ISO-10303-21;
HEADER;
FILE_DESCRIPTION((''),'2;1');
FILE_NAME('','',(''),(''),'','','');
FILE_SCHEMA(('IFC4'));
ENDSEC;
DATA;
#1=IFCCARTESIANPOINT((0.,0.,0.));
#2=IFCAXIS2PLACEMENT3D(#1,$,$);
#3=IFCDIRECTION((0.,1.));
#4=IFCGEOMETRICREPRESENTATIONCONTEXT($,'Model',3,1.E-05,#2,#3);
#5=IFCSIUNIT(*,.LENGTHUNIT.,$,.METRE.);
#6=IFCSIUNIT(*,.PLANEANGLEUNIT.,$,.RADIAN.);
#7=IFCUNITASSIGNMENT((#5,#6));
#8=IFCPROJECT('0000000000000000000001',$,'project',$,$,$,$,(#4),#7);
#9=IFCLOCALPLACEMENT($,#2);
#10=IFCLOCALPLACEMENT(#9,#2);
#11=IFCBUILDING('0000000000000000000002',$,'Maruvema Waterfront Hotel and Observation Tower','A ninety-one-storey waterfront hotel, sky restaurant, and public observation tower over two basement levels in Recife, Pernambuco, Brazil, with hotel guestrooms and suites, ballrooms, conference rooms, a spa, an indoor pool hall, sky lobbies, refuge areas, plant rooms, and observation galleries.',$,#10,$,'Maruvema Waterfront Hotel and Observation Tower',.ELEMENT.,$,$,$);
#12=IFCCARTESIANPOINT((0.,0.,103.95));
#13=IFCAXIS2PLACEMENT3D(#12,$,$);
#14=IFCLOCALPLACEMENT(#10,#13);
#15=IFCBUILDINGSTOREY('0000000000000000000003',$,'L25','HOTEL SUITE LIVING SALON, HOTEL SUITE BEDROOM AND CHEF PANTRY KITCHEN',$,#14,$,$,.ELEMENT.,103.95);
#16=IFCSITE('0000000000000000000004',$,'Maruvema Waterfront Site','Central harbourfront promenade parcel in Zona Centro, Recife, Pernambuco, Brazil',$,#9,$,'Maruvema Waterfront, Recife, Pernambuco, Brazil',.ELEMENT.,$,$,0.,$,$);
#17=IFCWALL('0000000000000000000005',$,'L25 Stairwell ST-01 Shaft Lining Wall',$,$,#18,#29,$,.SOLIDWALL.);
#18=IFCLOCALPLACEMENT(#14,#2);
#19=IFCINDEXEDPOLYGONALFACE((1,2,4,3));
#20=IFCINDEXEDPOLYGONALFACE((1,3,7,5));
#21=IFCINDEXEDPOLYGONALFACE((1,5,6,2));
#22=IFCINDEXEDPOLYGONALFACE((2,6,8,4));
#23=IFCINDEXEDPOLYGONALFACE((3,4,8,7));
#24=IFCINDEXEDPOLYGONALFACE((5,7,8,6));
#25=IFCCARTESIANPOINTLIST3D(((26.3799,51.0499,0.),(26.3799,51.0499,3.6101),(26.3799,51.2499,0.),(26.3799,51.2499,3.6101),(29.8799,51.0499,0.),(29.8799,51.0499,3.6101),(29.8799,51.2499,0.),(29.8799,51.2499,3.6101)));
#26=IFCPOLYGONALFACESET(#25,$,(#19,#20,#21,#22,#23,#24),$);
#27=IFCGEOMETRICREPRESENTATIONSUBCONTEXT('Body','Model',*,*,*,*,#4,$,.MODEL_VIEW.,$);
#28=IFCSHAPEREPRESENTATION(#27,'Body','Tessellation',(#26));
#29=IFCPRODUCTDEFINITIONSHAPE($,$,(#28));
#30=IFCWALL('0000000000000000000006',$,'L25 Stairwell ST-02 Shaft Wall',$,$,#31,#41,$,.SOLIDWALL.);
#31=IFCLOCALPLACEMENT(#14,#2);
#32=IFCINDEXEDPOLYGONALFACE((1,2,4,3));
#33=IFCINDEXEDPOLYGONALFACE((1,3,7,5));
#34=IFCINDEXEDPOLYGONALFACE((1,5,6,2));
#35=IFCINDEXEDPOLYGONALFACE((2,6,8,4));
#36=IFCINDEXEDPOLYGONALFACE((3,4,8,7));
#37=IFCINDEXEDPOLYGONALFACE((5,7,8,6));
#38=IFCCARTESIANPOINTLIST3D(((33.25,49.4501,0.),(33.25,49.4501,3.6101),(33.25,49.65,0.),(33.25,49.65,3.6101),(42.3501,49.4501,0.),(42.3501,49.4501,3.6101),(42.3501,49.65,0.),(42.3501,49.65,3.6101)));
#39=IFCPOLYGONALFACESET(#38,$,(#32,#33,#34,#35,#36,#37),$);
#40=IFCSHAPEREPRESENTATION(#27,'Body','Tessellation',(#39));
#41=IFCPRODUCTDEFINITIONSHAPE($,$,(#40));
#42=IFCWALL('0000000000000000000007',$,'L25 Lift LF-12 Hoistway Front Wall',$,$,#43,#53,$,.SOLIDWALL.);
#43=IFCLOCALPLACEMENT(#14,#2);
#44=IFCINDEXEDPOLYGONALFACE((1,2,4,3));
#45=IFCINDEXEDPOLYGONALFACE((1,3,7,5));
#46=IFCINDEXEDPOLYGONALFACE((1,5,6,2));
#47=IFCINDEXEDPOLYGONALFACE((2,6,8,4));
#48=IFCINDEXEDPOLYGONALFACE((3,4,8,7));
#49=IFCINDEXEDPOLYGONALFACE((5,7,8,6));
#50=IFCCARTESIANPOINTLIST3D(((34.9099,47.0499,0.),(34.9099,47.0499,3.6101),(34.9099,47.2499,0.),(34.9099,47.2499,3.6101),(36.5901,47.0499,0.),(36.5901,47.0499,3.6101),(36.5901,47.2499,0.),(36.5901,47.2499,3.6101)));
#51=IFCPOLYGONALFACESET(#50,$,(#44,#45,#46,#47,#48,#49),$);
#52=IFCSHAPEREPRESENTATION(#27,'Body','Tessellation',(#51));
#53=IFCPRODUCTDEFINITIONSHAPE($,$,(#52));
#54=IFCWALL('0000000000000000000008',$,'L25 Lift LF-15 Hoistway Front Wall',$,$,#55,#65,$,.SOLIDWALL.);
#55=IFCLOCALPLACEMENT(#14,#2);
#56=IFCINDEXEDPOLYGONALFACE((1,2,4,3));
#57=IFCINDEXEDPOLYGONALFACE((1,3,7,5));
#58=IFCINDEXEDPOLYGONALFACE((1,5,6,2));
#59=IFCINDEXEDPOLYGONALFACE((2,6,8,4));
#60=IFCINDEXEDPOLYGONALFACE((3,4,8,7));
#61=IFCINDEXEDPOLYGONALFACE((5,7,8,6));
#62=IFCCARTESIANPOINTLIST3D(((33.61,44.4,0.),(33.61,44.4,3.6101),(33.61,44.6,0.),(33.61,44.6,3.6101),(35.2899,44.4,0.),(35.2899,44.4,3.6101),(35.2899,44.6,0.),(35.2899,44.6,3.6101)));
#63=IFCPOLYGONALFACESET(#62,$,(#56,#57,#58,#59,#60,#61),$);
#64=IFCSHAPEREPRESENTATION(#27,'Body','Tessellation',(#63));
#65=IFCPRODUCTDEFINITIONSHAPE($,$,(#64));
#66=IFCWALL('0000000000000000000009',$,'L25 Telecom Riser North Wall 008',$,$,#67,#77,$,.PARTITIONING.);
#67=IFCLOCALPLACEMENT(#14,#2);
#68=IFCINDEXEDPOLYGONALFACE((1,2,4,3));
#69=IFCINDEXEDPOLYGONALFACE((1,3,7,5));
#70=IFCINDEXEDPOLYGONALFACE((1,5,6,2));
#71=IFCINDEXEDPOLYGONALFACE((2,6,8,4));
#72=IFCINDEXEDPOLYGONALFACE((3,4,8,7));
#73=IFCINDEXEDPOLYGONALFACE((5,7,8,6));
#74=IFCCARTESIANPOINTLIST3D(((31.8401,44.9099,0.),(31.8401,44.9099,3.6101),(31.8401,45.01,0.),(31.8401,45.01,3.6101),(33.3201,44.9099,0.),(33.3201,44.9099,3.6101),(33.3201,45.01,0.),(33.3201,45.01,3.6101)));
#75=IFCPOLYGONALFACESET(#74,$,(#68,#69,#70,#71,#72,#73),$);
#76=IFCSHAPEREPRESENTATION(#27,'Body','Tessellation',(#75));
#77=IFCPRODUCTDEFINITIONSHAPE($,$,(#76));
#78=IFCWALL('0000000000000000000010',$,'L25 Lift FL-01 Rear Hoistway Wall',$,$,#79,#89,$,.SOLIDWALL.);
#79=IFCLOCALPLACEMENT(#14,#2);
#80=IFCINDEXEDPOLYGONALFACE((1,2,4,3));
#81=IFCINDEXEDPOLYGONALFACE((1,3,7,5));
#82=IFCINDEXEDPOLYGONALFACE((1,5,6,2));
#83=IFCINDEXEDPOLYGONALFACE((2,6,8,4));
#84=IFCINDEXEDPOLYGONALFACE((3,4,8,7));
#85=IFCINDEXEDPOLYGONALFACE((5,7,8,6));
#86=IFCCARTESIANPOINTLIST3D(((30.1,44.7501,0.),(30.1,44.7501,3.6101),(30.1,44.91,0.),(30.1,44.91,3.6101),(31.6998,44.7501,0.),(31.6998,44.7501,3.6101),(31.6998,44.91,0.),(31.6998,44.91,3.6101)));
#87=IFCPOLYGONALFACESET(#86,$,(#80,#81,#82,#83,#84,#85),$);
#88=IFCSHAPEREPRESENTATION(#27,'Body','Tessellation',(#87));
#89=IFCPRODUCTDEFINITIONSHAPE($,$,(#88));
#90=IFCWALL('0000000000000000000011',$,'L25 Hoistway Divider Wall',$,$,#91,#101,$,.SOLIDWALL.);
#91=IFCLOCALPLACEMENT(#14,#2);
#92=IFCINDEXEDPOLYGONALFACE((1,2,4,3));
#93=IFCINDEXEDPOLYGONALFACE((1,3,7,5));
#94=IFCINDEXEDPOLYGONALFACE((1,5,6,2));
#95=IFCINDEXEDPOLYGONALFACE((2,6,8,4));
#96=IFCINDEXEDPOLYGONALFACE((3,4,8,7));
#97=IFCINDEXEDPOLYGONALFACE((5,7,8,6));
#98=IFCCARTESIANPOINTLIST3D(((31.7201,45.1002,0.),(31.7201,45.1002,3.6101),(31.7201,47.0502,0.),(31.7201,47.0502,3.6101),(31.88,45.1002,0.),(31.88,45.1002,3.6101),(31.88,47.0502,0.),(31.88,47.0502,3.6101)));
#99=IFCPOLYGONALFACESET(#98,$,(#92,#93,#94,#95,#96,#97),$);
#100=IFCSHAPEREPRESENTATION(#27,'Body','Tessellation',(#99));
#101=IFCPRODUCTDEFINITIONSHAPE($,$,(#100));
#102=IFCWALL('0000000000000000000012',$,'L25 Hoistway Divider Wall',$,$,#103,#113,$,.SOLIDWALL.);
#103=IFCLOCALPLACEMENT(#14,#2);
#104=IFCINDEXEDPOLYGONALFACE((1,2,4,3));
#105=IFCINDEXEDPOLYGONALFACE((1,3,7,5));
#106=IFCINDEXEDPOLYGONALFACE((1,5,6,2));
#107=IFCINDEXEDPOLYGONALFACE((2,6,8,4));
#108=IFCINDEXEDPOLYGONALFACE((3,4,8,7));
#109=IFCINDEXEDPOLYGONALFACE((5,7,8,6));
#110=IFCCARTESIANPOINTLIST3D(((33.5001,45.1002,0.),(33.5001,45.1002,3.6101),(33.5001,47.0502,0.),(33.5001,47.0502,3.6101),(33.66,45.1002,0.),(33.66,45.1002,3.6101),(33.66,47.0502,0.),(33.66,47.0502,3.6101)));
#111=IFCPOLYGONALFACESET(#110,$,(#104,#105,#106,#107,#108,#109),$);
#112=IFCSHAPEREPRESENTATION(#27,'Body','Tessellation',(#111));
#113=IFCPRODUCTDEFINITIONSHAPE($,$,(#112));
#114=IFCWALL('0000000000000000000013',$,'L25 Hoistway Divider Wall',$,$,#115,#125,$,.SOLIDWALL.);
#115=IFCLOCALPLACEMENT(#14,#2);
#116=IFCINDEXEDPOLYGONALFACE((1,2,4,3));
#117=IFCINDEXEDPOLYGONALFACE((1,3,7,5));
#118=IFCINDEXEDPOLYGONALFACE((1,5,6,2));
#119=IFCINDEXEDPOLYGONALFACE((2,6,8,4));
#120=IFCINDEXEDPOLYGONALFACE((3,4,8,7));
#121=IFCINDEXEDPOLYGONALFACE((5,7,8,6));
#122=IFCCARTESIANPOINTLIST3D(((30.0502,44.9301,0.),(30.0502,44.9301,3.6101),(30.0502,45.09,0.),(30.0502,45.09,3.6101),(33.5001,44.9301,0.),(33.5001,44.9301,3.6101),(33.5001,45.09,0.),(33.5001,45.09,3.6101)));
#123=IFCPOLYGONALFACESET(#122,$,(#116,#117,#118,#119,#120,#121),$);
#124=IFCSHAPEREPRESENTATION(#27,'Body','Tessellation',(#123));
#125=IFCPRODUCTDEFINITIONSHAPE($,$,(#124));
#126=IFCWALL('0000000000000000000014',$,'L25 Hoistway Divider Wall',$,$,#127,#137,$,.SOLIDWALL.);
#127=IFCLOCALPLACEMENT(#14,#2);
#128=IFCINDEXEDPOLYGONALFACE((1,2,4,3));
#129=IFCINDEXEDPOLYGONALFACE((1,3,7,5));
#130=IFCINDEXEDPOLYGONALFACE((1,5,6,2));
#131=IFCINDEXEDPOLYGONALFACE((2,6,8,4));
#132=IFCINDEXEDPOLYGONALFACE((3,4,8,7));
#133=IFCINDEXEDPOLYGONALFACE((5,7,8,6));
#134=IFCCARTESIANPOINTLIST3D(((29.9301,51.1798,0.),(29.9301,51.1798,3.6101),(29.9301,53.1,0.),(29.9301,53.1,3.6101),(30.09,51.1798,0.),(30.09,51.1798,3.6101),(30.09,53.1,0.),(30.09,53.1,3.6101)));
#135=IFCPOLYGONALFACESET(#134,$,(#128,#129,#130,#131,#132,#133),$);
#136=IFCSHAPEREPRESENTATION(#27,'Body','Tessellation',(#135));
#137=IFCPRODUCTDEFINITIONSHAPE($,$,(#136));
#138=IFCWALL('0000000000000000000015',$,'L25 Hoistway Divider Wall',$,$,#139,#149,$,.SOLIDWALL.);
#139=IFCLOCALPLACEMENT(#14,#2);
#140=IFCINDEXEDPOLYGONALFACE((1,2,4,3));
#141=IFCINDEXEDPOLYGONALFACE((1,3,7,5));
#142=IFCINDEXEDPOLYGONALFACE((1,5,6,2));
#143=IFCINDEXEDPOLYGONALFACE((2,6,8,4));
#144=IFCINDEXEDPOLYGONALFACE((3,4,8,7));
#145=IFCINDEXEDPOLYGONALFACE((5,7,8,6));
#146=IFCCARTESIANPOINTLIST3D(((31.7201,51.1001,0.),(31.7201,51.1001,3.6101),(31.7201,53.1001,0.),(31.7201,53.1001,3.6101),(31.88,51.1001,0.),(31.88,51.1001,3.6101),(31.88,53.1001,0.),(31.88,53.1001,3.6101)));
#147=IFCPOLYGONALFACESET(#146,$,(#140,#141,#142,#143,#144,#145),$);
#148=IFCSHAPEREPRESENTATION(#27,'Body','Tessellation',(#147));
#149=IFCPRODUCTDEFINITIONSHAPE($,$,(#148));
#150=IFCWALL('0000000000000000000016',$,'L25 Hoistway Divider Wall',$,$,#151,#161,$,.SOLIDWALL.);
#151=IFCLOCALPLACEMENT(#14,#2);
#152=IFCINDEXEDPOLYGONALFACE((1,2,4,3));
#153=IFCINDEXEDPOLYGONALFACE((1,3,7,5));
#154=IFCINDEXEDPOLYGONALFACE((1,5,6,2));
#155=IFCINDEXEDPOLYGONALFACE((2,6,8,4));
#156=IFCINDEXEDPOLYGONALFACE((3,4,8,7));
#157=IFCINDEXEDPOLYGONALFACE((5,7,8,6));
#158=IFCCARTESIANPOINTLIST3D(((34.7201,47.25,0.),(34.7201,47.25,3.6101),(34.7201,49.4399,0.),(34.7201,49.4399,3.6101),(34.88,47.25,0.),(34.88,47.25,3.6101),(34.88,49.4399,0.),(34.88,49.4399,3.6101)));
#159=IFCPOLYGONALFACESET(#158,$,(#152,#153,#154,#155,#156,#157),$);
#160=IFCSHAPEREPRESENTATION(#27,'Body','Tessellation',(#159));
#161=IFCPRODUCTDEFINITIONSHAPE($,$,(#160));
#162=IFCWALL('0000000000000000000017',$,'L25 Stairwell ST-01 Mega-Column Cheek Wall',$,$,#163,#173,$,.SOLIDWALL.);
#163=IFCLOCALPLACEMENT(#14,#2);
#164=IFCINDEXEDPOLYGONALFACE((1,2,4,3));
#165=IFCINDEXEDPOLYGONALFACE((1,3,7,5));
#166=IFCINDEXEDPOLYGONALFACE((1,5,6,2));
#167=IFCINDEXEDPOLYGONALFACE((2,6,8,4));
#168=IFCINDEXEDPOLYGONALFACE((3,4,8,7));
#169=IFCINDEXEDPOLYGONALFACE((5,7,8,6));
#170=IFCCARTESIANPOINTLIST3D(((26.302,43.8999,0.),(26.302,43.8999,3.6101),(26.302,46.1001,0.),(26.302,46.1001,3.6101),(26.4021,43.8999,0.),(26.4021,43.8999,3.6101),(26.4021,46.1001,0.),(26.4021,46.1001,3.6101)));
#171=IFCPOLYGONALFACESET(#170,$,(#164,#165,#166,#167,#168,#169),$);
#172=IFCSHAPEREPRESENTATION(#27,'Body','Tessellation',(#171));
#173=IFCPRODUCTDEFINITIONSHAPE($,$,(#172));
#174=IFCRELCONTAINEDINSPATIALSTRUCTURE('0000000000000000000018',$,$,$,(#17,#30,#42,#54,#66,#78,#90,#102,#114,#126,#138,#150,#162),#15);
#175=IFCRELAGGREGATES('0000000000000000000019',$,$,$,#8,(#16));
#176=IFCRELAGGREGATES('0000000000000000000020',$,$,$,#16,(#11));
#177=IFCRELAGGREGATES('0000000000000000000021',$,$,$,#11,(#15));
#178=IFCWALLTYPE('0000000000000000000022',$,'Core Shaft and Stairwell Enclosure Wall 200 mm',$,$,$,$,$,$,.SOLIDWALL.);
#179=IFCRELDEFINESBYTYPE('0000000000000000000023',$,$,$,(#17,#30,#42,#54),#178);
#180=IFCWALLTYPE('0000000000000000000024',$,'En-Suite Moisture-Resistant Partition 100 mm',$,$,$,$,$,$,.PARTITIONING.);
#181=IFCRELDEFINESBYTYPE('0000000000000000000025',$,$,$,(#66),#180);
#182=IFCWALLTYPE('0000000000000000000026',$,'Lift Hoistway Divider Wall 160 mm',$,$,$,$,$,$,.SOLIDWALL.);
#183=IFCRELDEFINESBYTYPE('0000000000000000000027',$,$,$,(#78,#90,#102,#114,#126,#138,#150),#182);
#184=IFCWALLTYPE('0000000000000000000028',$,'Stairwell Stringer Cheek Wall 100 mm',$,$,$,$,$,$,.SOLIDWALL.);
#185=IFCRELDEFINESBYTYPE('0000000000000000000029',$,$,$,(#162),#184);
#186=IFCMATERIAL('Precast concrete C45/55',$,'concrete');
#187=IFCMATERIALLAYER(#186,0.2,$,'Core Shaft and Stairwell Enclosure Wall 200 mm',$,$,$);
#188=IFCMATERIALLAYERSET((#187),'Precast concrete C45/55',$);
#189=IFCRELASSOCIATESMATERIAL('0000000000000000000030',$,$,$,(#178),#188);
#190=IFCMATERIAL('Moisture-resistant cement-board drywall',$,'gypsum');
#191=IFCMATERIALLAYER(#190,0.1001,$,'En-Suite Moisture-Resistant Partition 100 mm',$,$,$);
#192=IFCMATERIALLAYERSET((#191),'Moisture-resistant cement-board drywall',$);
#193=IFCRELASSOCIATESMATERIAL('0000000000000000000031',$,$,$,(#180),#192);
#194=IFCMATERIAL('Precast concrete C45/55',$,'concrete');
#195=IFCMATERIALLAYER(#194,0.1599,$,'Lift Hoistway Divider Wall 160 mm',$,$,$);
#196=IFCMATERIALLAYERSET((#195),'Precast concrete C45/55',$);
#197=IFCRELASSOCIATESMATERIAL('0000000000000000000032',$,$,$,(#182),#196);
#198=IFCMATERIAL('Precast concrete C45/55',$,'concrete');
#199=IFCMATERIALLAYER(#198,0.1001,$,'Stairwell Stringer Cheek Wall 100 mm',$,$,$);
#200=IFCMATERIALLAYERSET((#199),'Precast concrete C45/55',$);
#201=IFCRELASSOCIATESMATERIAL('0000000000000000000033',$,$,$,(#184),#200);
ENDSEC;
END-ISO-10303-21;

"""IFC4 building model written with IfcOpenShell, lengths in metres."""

from ifc_helpers import new_model, si_unit, direction, frame, frame_2d, origin, place, context, subcontext, project, spatial, rectangle, extrude, material, layer, layer_set, type_object, element, save


model = new_model("IFC4")

# Units and contexts
model_context = context("Model", 3, precision=1e-05, world=origin(), true_north=direction((0.0, 1.0)))
body_context = subcontext(model_context, "Body", "Model", "MODEL_VIEW")
ifc_project = project(units=[si_unit("LENGTHUNIT", "METRE"), si_unit("PLANEANGLEUNIT", "RADIAN")], contexts=[model_context])

# Site, building, storey
site_placement = place(None, origin())
site = spatial("IfcSite", under=ifc_project, at=site_placement, Name="Maruvema Waterfront Site", Description="Central harbourfront promenade parcel in Zona Centro, Recife, Pernambuco, Brazil", LongName="Maruvema Waterfront, Recife, Pernambuco, Brazil", CompositionType="ELEMENT", RefElevation=0.0)
building_placement = place(site_placement, origin())
building = spatial("IfcBuilding", under=site, at=building_placement, Name="Maruvema Waterfront Hotel and Observation Tower", Description="A ninety-one-storey waterfront hotel, sky restaurant, and public observation tower over two basement levels in Recife, Pernambuco, Brazil, with hotel guestrooms and suites, ballrooms, conference rooms, a spa, an indoor pool hall, sky lobbies, refuge areas, plant rooms, and observation galleries.", LongName="Maruvema Waterfront Hotel and Observation Tower", CompositionType="ELEMENT")
storey_placement = place(building_placement, frame((0.0, 0.0, 103.95)))
storey = spatial("IfcBuildingStorey", under=building, at=storey_placement, Name="L25", Description="HOTEL SUITE LIVING SALON, HOTEL SUITE BEDROOM AND CHEF PANTRY KITCHEN", CompositionType="ELEMENT", Elevation=103.95)

# Walls
ifc_material_1 = material(Name="Precast concrete C45/55", Category="concrete")
ifc_layer_1 = layer(ifc_material_1, 0.2, Name="Core Shaft and Stairwell Enclosure Wall 200 mm")
ifc_layer_set_1 = layer_set([ifc_layer_1], Name="Precast concrete C45/55")
wall_type_1 = type_object("IfcWallType", Name="Core Shaft and Stairwell Enclosure Wall 200 mm", PredefinedType="SOLIDWALL", material=ifc_layer_set_1)
wall_1_placement = place(storey_placement, frame((26.3799, 51.1499, 0.0), z_axis=(0.0, 0.0, 1.0), x_axis=(1.0, 0.0, 0.0)))
element("IfcWall", 1, at=wall_1_placement, inside=storey, type_object=wall_type_1, Name="L25 Stairwell ST-01 Shaft Lining Wall", PredefinedType="SOLIDWALL", context=body_context, shape_type="SweptSolid", body=[
    extrude(rectangle(XDim=3.5, YDim=0.2, at=frame_2d((1.75, 0.0))), origin(), (0.0, 0.0, 1.0), 3.6101),
])
wall_2_placement = place(storey_placement, frame((33.25, 49.55, 0.0), z_axis=(0.0, 0.0, 1.0), x_axis=(1.0, 0.0, 0.0)))
element("IfcWall", 2, at=wall_2_placement, inside=storey, type_object=wall_type_1, Name="L25 Stairwell ST-02 Shaft Wall", PredefinedType="SOLIDWALL", context=body_context, shape_type="SweptSolid", body=[
    extrude(rectangle(XDim=9.1001, YDim=0.2, at=frame_2d((4.55, 0.0))), origin(), (0.0, 0.0, 1.0), 3.6101),
])

# Walls
wall_3_placement = place(storey_placement, frame((34.9099, 47.1499, 0.0), z_axis=(0.0, 0.0, 1.0), x_axis=(1.0, 0.0, 0.0)))
element("IfcWall", 3, at=wall_3_placement, inside=storey, type_object=wall_type_1, Name="L25 Lift LF-12 Hoistway Front Wall", PredefinedType="SOLIDWALL", context=body_context, shape_type="SweptSolid", body=[
    extrude(rectangle(XDim=1.6802, YDim=0.2, at=frame_2d((0.8401, 0.0))), origin(), (0.0, 0.0, 1.0), 3.6101),
])
wall_4_placement = place(storey_placement, frame((33.6101, 44.5, 0.0), z_axis=(0.0, 0.0, 1.0), x_axis=(1.0, 0.0, 0.0)))
element("IfcWall", 4, at=wall_4_placement, inside=storey, type_object=wall_type_1, Name="L25 Lift LF-15 Hoistway Front Wall", PredefinedType="SOLIDWALL", context=body_context, shape_type="SweptSolid", body=[
    extrude(rectangle(XDim=1.6799, YDim=0.2, at=frame_2d((0.8398, 0.0))), origin(), (0.0, 0.0, 1.0), 3.6101),
])
ifc_material_2 = material(Name="Moisture-resistant cement-board drywall", Category="gypsum")
ifc_layer_2 = layer(ifc_material_2, 0.1001, Name="En-Suite Moisture-Resistant Partition 100 mm")
ifc_layer_set_2 = layer_set([ifc_layer_2], Name="Moisture-resistant cement-board drywall")
wall_type_2 = type_object("IfcWallType", Name="En-Suite Moisture-Resistant Partition 100 mm", PredefinedType="PARTITIONING", material=ifc_layer_set_2)
wall_5_placement = place(storey_placement, frame((31.8401, 44.96, 0.0), z_axis=(0.0, 0.0, 1.0), x_axis=(1.0, 0.0, 0.0)))
element("IfcWall", 5, at=wall_5_placement, inside=storey, type_object=wall_type_2, Name="L25 Telecom Riser North Wall 008", PredefinedType="PARTITIONING", context=body_context, shape_type="SweptSolid", body=[
    extrude(rectangle(XDim=1.48, YDim=0.1001, at=frame_2d((0.74, 0.0))), origin(), (0.0, 0.0, 1.0), 3.6101),
])
ifc_material_3 = material(Name="Precast concrete C45/55", Category="concrete")
ifc_layer_3 = layer(ifc_material_3, 0.1599, Name="Lift Hoistway Divider Wall 160 mm")
ifc_layer_set_3 = layer_set([ifc_layer_3], Name="Precast concrete C45/55")
wall_type_3 = type_object("IfcWallType", Name="Lift Hoistway Divider Wall 160 mm", PredefinedType="SOLIDWALL", material=ifc_layer_set_3)
wall_6_placement = place(storey_placement, frame((30.1001, 44.8301, 0.0), z_axis=(0.0, 0.0, 1.0), x_axis=(1.0, 0.0, 0.0)))
element("IfcWall", 6, at=wall_6_placement, inside=storey, type_object=wall_type_3, Name="L25 Lift FL-01 Rear Hoistway Wall", PredefinedType="SOLIDWALL", context=body_context, shape_type="SweptSolid", body=[
    extrude(rectangle(XDim=1.5999, YDim=0.1599, at=frame_2d((0.7998, 0.0))), origin(), (0.0, 0.0, 1.0), 3.6101),
])
for number, where, z_axis, x_axis, name in (
    (7, (31.8, 45.1001, 0.0), (0.0, 0.0, 1.0), (0.0, 1.0, 0.0), "L25 Hoistway Divider Wall"),
    (8, (33.5801, 45.1001, 0.0), (0.0, 0.0, 1.0), (0.0, 1.0, 0.0), "L25 Hoistway Divider Wall"),
):
    element("IfcWall", number, at=place(storey_placement, frame(where, z_axis=z_axis, x_axis=x_axis)), inside=storey, type_object=wall_type_3, Name=name, PredefinedType="SOLIDWALL", context=body_context, shape_type="SweptSolid", body=[
        extrude(rectangle(XDim=1.95, YDim=0.1599, at=frame_2d((0.9751, 0.0))), origin(), (0.0, 0.0, 1.0), 3.6101),
    ])
wall_7_placement = place(storey_placement, frame((30.05, 45.01, 0.0), z_axis=(0.0, 0.0, 1.0), x_axis=(1.0, 0.0, 0.0)))
element("IfcWall", 9, at=wall_7_placement, inside=storey, type_object=wall_type_3, Name="L25 Hoistway Divider Wall", PredefinedType="SOLIDWALL", context=body_context, shape_type="SweptSolid", body=[
    extrude(rectangle(XDim=3.45, YDim=0.1599, at=frame_2d((1.7251, 0.0))), origin(), (0.0, 0.0, 1.0), 3.6101),
])
wall_8_placement = place(storey_placement, frame((30.01, 51.1799, 0.0), z_axis=(0.0, 0.0, 1.0), x_axis=(0.0, 1.0, 0.0)))
element("IfcWall", 10, at=wall_8_placement, inside=storey, type_object=wall_type_3, Name="L25 Hoistway Divider Wall", PredefinedType="SOLIDWALL", context=body_context, shape_type="SweptSolid", body=[
    extrude(rectangle(XDim=1.9202, YDim=0.1599, at=frame_2d((0.96, 0.0))), origin(), (0.0, 0.0, 1.0), 3.6101),
])
wall_9_placement = place(storey_placement, frame((31.8, 51.1001, 0.0), z_axis=(0.0, 0.0, 1.0), x_axis=(0.0, 1.0, 0.0)))
element("IfcWall", 11, at=wall_9_placement, inside=storey, type_object=wall_type_3, Name="L25 Hoistway Divider Wall", PredefinedType="SOLIDWALL", context=body_context, shape_type="SweptSolid", body=[
    extrude(rectangle(XDim=2.0, YDim=0.1599, at=frame_2d((1.0, 0.0))), origin(), (0.0, 0.0, 1.0), 3.6101),
])
wall_10_placement = place(storey_placement, frame((34.8, 47.25, 0.0), z_axis=(0.0, 0.0, 1.0), x_axis=(0.0, 1.0, 0.0)))
element("IfcWall", 12, at=wall_10_placement, inside=storey, type_object=wall_type_3, Name="L25 Hoistway Divider Wall", PredefinedType="SOLIDWALL", context=body_context, shape_type="SweptSolid", body=[
    extrude(rectangle(XDim=2.1899, YDim=0.1599, at=frame_2d((1.095, 0.0))), origin(), (0.0, 0.0, 1.0), 3.6101),
])
ifc_material_4 = material(Name="Precast concrete C45/55", Category="concrete")
ifc_layer_4 = layer(ifc_material_4, 0.1001, Name="Stairwell Stringer Cheek Wall 100 mm")
ifc_layer_set_4 = layer_set([ifc_layer_4], Name="Precast concrete C45/55")
wall_type_4 = type_object("IfcWallType", Name="Stairwell Stringer Cheek Wall 100 mm", PredefinedType="SOLIDWALL", material=ifc_layer_set_4)
wall_11_placement = place(storey_placement, frame((26.3521, 43.8999, 0.0), z_axis=(0.0, 0.0, 1.0), x_axis=(0.0, 1.0, 0.0)))
element("IfcWall", 13, at=wall_11_placement, inside=storey, type_object=wall_type_4, Name="L25 Stairwell ST-01 Mega-Column Cheek Wall", PredefinedType="SOLIDWALL", context=body_context, shape_type="SweptSolid", body=[
    extrude(rectangle(XDim=2.2002, YDim=0.1001, at=frame_2d((1.1001, 0.0))), origin(), (0.0, 0.0, 1.0), 3.6101),
])

save(model, "model.ifc")
